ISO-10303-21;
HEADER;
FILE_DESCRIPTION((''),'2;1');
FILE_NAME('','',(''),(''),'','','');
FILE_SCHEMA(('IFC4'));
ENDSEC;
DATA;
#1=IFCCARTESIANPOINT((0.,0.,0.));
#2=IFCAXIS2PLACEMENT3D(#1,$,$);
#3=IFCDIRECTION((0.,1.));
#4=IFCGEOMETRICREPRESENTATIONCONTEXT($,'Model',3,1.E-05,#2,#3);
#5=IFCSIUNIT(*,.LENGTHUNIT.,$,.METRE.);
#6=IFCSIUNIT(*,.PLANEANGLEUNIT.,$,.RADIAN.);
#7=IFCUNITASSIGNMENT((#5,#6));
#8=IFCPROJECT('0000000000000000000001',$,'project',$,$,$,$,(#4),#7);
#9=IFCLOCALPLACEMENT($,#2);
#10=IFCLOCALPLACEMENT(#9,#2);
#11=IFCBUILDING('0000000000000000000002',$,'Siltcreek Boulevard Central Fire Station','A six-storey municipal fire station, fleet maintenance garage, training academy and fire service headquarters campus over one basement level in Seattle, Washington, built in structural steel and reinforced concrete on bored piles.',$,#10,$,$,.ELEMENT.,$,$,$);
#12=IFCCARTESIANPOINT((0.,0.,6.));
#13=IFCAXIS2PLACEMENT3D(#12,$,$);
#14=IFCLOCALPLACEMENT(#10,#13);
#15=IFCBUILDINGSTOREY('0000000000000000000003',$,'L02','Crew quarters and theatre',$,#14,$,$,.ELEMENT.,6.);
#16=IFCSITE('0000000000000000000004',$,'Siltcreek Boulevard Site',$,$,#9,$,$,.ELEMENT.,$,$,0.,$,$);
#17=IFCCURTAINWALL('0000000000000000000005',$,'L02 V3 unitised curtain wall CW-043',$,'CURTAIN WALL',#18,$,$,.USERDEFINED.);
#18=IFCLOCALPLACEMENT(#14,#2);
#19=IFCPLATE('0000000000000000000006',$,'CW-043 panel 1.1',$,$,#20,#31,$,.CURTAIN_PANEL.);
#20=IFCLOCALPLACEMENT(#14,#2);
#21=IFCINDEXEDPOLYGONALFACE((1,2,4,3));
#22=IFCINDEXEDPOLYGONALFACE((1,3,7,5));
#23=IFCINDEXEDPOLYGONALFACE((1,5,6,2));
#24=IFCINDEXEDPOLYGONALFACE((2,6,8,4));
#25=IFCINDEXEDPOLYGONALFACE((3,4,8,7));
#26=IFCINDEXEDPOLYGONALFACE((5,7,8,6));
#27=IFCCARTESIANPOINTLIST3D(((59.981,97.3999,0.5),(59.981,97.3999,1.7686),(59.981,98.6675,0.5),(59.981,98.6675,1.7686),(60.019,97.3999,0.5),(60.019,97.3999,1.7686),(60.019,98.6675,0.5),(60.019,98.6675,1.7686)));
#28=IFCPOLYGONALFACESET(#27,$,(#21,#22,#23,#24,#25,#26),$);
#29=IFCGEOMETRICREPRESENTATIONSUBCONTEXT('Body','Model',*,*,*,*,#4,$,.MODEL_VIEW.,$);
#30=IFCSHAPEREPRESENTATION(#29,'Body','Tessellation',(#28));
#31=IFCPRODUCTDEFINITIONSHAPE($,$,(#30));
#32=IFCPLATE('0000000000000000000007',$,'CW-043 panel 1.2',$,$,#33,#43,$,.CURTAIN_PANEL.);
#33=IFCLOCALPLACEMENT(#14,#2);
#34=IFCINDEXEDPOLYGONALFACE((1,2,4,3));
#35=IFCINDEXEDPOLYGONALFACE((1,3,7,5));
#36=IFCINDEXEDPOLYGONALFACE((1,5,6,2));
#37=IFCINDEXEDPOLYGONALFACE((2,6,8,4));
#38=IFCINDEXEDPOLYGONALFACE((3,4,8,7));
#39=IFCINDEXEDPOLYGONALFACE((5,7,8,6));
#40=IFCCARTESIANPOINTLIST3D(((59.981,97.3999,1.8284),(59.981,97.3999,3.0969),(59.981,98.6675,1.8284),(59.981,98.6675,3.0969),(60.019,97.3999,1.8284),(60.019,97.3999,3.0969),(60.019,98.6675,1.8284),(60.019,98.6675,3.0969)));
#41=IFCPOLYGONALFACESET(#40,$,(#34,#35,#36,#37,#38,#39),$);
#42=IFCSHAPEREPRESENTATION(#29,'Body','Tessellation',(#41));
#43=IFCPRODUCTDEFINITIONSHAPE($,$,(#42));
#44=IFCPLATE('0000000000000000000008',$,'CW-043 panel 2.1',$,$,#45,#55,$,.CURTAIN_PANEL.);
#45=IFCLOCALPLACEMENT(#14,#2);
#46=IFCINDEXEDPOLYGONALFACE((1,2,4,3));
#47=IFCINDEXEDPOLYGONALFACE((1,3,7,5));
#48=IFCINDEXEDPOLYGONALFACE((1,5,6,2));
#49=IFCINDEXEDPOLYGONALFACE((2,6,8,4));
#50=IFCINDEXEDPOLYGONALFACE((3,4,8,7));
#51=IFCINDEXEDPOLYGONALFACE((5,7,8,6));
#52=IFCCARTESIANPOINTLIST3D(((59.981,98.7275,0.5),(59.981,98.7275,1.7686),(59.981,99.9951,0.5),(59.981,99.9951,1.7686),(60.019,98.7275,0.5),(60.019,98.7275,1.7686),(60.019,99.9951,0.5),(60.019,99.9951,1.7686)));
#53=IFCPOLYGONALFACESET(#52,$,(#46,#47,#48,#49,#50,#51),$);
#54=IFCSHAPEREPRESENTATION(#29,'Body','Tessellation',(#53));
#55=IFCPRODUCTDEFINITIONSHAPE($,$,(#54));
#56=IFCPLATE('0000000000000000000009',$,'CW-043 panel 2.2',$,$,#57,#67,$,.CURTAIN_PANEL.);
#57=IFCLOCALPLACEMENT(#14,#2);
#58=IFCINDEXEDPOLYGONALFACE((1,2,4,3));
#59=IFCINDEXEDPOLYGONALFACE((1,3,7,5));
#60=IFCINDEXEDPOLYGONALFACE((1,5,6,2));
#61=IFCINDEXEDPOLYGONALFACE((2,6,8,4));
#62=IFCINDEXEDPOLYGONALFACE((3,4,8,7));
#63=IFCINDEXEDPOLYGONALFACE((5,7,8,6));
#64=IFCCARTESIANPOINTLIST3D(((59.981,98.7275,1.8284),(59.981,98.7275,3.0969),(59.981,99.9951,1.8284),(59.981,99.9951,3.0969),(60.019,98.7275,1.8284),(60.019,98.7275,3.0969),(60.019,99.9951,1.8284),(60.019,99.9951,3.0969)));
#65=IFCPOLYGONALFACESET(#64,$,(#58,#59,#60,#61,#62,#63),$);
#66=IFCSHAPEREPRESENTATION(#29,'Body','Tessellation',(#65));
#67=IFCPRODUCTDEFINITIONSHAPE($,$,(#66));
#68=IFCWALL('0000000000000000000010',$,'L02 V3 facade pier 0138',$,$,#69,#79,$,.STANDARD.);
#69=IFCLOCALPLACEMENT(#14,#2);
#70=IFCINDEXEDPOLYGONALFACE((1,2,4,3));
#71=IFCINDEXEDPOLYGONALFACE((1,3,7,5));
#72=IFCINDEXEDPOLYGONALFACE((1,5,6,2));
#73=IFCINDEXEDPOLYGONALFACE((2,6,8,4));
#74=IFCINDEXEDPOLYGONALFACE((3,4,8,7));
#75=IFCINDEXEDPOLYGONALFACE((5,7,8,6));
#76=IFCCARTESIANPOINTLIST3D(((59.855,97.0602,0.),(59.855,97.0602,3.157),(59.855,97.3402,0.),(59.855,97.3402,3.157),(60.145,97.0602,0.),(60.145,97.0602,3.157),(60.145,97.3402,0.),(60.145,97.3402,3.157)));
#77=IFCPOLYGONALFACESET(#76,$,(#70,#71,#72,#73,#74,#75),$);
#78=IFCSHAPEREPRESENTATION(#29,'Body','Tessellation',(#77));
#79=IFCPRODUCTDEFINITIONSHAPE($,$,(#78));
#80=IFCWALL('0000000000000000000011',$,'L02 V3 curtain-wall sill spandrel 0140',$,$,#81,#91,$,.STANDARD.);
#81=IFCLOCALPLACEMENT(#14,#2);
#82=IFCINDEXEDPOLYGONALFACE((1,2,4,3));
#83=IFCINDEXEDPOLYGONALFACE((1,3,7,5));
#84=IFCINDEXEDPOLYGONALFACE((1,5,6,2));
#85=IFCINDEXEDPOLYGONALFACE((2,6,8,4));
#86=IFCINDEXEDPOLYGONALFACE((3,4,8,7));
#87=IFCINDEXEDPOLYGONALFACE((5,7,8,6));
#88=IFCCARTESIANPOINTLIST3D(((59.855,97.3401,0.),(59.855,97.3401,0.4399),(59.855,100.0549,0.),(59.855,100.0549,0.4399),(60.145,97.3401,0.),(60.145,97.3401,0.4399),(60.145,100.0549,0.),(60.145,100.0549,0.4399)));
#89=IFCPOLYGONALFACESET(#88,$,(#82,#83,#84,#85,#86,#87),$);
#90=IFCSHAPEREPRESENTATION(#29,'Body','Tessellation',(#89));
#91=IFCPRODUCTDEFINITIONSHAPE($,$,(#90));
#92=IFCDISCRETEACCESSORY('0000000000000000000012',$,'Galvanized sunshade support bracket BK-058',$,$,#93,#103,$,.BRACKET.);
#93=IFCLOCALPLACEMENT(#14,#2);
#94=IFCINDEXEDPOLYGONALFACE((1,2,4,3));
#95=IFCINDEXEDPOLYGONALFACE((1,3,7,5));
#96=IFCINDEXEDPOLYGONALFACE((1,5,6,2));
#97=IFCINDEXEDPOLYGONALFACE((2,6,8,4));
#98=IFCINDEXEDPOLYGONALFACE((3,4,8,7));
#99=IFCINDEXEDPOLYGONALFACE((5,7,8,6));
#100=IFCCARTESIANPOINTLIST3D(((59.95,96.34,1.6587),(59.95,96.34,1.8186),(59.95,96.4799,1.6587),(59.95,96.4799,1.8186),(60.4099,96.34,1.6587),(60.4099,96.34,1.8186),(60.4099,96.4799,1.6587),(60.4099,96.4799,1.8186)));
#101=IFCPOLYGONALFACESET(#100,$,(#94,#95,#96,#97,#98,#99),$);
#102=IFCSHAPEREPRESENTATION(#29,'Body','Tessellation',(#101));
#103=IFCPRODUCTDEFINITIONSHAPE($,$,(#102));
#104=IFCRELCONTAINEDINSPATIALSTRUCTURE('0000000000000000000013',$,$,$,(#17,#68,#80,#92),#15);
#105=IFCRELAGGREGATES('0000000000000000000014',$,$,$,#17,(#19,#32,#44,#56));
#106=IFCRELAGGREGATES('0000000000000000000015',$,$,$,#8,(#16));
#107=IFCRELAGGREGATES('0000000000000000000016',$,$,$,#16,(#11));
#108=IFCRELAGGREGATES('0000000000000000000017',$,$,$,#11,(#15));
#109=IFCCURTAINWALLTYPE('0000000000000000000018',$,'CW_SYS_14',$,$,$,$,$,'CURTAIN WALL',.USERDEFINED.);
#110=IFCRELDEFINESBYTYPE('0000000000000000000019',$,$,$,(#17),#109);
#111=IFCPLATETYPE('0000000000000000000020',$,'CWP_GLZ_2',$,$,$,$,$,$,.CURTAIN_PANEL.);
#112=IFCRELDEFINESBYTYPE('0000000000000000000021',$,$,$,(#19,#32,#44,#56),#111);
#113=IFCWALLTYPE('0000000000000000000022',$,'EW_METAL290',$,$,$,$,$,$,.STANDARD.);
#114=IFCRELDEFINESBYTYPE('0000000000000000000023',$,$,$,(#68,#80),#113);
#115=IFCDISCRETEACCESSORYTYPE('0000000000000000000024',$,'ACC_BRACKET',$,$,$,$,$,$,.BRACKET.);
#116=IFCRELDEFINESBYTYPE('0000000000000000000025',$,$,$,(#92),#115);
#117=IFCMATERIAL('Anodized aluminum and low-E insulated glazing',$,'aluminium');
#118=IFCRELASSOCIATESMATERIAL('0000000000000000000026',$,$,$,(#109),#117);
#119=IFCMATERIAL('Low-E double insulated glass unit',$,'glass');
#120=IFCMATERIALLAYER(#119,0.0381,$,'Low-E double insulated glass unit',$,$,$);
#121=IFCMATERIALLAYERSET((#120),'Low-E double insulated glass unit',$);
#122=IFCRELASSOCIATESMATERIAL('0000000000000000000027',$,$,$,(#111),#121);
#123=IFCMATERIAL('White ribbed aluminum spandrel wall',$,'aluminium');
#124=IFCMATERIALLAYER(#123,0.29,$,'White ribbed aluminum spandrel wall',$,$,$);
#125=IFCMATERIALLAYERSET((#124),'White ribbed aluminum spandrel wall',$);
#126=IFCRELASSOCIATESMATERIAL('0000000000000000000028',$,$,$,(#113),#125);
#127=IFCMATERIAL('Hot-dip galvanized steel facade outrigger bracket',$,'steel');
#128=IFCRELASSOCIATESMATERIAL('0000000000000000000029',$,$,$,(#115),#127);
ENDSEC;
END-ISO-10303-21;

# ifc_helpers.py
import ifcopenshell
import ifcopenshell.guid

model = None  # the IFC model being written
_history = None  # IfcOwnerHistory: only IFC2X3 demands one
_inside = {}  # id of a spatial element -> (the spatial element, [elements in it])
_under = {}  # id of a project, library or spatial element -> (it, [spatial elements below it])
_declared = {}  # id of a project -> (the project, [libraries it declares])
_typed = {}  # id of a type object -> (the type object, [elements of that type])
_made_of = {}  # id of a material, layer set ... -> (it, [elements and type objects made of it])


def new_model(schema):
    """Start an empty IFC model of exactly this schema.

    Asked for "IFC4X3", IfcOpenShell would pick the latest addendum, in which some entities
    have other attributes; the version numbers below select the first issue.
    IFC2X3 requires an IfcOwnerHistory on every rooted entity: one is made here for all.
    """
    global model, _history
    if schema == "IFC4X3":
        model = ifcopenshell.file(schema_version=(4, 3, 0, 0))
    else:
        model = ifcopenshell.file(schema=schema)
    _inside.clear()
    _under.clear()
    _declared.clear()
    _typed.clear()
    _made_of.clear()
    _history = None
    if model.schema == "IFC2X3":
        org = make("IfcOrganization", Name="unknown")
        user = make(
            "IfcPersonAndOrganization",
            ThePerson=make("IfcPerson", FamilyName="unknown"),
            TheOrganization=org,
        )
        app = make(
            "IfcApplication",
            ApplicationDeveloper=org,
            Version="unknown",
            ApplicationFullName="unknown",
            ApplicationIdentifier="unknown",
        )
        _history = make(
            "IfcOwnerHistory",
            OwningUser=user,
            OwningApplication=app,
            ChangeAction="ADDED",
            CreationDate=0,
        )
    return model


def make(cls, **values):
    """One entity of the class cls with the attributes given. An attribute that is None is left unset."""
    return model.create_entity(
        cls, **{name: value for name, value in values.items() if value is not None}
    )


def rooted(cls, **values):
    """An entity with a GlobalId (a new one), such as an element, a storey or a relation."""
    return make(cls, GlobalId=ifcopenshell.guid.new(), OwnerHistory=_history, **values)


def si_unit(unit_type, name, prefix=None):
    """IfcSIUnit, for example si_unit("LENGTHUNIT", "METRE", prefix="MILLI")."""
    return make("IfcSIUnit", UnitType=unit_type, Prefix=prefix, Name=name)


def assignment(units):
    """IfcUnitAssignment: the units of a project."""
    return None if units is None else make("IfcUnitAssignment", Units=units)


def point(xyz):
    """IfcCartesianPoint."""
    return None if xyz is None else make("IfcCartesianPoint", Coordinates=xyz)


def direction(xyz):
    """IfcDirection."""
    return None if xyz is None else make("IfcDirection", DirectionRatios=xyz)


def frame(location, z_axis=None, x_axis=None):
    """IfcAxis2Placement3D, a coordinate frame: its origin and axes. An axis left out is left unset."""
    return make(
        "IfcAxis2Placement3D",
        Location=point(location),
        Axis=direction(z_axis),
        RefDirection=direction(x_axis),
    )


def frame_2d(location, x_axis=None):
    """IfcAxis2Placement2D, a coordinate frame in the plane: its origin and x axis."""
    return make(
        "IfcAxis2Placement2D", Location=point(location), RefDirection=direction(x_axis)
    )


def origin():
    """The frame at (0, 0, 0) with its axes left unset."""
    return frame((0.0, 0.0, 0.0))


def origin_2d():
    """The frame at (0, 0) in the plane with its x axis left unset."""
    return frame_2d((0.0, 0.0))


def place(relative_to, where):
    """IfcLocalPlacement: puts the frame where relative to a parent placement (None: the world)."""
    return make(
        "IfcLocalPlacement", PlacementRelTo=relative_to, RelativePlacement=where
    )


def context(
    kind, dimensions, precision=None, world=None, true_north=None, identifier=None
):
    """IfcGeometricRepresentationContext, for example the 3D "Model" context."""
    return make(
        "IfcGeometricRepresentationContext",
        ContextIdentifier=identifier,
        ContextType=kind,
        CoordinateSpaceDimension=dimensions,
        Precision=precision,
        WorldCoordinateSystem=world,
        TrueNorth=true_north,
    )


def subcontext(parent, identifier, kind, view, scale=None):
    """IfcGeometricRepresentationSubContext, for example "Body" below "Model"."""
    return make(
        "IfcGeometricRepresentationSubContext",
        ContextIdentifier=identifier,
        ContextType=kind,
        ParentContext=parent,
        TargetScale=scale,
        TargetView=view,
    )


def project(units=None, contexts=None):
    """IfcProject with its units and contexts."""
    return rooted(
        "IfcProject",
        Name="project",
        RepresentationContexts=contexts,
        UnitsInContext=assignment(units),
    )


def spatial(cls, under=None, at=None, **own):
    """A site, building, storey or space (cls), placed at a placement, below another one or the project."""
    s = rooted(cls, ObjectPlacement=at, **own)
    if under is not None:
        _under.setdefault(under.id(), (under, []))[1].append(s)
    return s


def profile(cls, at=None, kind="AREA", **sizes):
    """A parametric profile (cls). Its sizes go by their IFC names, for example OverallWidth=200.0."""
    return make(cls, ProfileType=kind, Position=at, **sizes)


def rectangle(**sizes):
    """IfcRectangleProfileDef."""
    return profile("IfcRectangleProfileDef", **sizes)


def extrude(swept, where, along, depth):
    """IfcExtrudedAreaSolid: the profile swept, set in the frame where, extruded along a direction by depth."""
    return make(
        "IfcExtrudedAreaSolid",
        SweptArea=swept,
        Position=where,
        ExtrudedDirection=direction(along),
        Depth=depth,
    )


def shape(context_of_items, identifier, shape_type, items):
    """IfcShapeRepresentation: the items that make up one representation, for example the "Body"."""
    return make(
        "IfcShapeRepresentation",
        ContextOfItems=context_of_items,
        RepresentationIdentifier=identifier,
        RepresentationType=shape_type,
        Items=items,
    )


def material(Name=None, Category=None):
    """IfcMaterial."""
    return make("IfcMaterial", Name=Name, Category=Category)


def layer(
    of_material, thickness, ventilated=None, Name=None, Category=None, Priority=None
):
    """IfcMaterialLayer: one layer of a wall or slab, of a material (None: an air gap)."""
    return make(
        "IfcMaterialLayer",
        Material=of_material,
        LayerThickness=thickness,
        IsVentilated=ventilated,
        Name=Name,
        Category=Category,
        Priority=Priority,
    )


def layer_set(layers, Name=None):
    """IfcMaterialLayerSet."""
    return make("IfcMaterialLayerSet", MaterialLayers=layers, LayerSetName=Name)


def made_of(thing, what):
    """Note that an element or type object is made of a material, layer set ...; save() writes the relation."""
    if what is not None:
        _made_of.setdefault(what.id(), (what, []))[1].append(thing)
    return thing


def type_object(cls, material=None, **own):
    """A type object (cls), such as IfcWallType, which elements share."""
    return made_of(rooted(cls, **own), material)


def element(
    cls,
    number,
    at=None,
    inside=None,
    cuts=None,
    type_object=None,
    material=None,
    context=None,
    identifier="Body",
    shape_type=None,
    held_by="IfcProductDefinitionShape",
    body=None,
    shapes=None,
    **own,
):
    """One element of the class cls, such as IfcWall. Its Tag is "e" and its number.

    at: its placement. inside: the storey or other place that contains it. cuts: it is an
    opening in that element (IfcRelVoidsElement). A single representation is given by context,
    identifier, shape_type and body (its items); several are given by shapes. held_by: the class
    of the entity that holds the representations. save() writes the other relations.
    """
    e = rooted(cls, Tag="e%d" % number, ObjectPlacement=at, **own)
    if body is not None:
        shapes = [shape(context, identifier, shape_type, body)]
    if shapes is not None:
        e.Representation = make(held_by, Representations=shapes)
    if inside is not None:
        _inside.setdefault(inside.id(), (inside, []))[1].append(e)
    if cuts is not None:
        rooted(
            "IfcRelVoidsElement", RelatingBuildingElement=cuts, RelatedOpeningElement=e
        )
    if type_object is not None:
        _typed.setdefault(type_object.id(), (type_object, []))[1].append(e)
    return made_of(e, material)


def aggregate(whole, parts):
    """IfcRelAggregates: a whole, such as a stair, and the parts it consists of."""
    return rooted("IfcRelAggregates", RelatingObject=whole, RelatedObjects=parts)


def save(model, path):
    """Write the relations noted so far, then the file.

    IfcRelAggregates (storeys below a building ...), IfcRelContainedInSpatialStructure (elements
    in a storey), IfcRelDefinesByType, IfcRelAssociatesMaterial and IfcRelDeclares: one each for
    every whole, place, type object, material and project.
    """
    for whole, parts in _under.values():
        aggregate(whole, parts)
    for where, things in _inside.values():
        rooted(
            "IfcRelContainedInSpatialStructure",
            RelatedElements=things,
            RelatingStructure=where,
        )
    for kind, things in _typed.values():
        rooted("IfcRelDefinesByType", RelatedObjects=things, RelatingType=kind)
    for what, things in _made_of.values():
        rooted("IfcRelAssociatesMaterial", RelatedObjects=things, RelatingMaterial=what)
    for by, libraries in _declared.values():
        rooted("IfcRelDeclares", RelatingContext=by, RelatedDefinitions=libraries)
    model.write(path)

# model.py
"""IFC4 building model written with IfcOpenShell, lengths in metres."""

from ifc_helpers import new_model, si_unit, direction, frame, frame_2d, origin, origin_2d, place, context, subcontext, project, spatial, rectangle, extrude, material, layer, layer_set, type_object, element, aggregate, save


model = new_model("IFC4")

# Units and contexts
model_context = context("Model", 3, precision=1e-05, world=origin(), true_north=direction((0.0, 1.0)))
body_context = subcontext(model_context, "Body", "Model", "MODEL_VIEW")
ifc_project = project(units=[si_unit("LENGTHUNIT", "METRE"), si_unit("PLANEANGLEUNIT", "RADIAN")], contexts=[model_context])

# Site, building, storey
site_placement = place(None, origin())
site = spatial("IfcSite", under=ifc_project, at=site_placement, Name="Siltcreek Boulevard Site", CompositionType="ELEMENT", RefElevation=0.0)
building_placement = place(site_placement, origin())
building = spatial("IfcBuilding", under=site, at=building_placement, Name="Siltcreek Boulevard Central Fire Station", Description="A six-storey municipal fire station, fleet maintenance garage, training academy and fire service headquarters campus over one basement level in Seattle, Washington, built in structural steel and reinforced concrete on bored piles.", CompositionType="ELEMENT")
storey_placement = place(building_placement, frame((0.0, 0.0, 6.0)))
storey = spatial("IfcBuildingStorey", under=building, at=storey_placement, Name="L02", Description="Crew quarters and theatre", CompositionType="ELEMENT", Elevation=6.0)

# Curtain wall
ifc_material_1 = material(Name="Anodized aluminum and low-E insulated glazing", Category="aluminium")
curtain_wall_type_1 = type_object("IfcCurtainWallType", Name="CW_SYS_14", ElementType="CURTAIN WALL", PredefinedType="USERDEFINED", material=ifc_material_1)
curtain_wall_1_placement = place(storey_placement, origin())
curtain_wall_1 = element("IfcCurtainWall", 1, at=curtain_wall_1_placement, inside=storey, type_object=curtain_wall_type_1, Name="L02 V3 unitised curtain wall CW-043", ObjectType="CURTAIN WALL", PredefinedType="USERDEFINED")

# Plates
ifc_material_2 = material(Name="Low-E double insulated glass unit", Category="glass")
ifc_layer_1 = layer(ifc_material_2, 0.0381, Name="Low-E double insulated glass unit")
ifc_layer_set_1 = layer_set([ifc_layer_1], Name="Low-E double insulated glass unit")
plate_type_1 = type_object("IfcPlateType", Name="CWP_GLZ_2", PredefinedType="CURTAIN_PANEL", material=ifc_layer_set_1)
plate_1_placement = place(storey_placement, frame((60.0, 98.0337, 0.5), z_axis=(0.0, 0.0, 1.0), x_axis=(0.0, 1.0, 0.0)))
plate_1 = element("IfcPlate", 2, at=plate_1_placement, type_object=plate_type_1, Name="CW-043 panel 1.1", PredefinedType="CURTAIN_PANEL", context=body_context, shape_type="SweptSolid", body=[
    extrude(rectangle(XDim=1.2676, YDim=0.0381, at=origin_2d()), origin(), (0.0, 0.0, 1.0), 1.2686),
])
plate_2_placement = place(storey_placement, frame((60.0, 98.0337, 1.8284), z_axis=(0.0, 0.0, 1.0), x_axis=(0.0, 1.0, 0.0)))
plate_2 = element("IfcPlate", 3, at=plate_2_placement, type_object=plate_type_1, Name="CW-043 panel 1.2", PredefinedType="CURTAIN_PANEL", context=body_context, shape_type="SweptSolid", body=[
    extrude(rectangle(XDim=1.2676, YDim=0.0381, at=origin_2d()), origin(), (0.0, 0.0, 1.0), 1.2686),
])
plate_3_placement = place(storey_placement, frame((60.0, 99.3613, 0.5), z_axis=(0.0, 0.0, 1.0), x_axis=(0.0, 1.0, 0.0)))
plate_3 = element("IfcPlate", 4, at=plate_3_placement, type_object=plate_type_1, Name="CW-043 panel 2.1", PredefinedType="CURTAIN_PANEL", context=body_context, shape_type="SweptSolid", body=[
    extrude(rectangle(XDim=1.2676, YDim=0.0381, at=origin_2d()), origin(), (0.0, 0.0, 1.0), 1.2686),
])
plate_4_placement = place(storey_placement, frame((60.0, 99.3613, 1.8284), z_axis=(0.0, 0.0, 1.0), x_axis=(0.0, 1.0, 0.0)))
plate_4 = element("IfcPlate", 5, at=plate_4_placement, type_object=plate_type_1, Name="CW-043 panel 2.2", PredefinedType="CURTAIN_PANEL", context=body_context, shape_type="SweptSolid", body=[
    extrude(rectangle(XDim=1.2676, YDim=0.0381, at=origin_2d()), origin(), (0.0, 0.0, 1.0), 1.2686),
])
aggregate(curtain_wall_1, [plate_1, plate_2, plate_3, plate_4])

# Walls
ifc_material_3 = material(Name="White ribbed aluminum spandrel wall", Category="aluminium")
ifc_layer_2 = layer(ifc_material_3, 0.29, Name="White ribbed aluminum spandrel wall")
ifc_layer_set_2 = layer_set([ifc_layer_2], Name="White ribbed aluminum spandrel wall")
wall_type = type_object("IfcWallType", Name="EW_METAL290", PredefinedType="STANDARD", material=ifc_layer_set_2)
wall_1_placement = place(storey_placement, frame((60.0, 97.0601, 0.0), z_axis=(0.0, 0.0, 1.0), x_axis=(0.0, 1.0, 0.0)))
element("IfcWall", 6, at=wall_1_placement, inside=storey, type_object=wall_type, Name="L02 V3 facade pier 0138", PredefinedType="STANDARD", context=body_context, shape_type="SweptSolid", body=[
    extrude(rectangle(XDim=0.28, YDim=0.29, at=frame_2d((0.1401, 0.0))), origin(), (0.0, 0.0, 1.0), 3.157),
])
wall_2_placement = place(storey_placement, frame((60.0, 97.3401, 0.0), z_axis=(0.0, 0.0, 1.0), x_axis=(0.0, 1.0, 0.0)))
element("IfcWall", 7, at=wall_2_placement, inside=storey, type_object=wall_type, Name="L02 V3 curtain-wall sill spandrel 0140", PredefinedType="STANDARD", context=body_context, shape_type="SweptSolid", body=[
    extrude(rectangle(XDim=2.7148, YDim=0.29, at=frame_2d((1.3574, 0.0))), origin(), (0.0, 0.0, 1.0), 0.4399),
])

# Discrete accessory
ifc_material_4 = material(Name="Hot-dip galvanized steel facade outrigger bracket", Category="steel")
discrete_accessory_type = type_object("IfcDiscreteAccessoryType", Name="ACC_BRACKET", PredefinedType="BRACKET", material=ifc_material_4)
discrete_accessory_placement = place(storey_placement, frame((60.1799, 96.4099, 1.6587), z_axis=(0.0, 0.0, 1.0), x_axis=(0.0, 1.0, 0.0)))
element("IfcDiscreteAccessory", 8, at=discrete_accessory_placement, inside=storey, type_object=discrete_accessory_type, Name="Galvanized sunshade support bracket BK-058", PredefinedType="BRACKET", context=body_context, shape_type="SweptSolid", body=[
    extrude(rectangle(XDim=0.1399, YDim=0.46, at=origin_2d()), origin(), (0.0, 0.0, 1.0), 0.1599),
])

save(model, "model.ifc")
